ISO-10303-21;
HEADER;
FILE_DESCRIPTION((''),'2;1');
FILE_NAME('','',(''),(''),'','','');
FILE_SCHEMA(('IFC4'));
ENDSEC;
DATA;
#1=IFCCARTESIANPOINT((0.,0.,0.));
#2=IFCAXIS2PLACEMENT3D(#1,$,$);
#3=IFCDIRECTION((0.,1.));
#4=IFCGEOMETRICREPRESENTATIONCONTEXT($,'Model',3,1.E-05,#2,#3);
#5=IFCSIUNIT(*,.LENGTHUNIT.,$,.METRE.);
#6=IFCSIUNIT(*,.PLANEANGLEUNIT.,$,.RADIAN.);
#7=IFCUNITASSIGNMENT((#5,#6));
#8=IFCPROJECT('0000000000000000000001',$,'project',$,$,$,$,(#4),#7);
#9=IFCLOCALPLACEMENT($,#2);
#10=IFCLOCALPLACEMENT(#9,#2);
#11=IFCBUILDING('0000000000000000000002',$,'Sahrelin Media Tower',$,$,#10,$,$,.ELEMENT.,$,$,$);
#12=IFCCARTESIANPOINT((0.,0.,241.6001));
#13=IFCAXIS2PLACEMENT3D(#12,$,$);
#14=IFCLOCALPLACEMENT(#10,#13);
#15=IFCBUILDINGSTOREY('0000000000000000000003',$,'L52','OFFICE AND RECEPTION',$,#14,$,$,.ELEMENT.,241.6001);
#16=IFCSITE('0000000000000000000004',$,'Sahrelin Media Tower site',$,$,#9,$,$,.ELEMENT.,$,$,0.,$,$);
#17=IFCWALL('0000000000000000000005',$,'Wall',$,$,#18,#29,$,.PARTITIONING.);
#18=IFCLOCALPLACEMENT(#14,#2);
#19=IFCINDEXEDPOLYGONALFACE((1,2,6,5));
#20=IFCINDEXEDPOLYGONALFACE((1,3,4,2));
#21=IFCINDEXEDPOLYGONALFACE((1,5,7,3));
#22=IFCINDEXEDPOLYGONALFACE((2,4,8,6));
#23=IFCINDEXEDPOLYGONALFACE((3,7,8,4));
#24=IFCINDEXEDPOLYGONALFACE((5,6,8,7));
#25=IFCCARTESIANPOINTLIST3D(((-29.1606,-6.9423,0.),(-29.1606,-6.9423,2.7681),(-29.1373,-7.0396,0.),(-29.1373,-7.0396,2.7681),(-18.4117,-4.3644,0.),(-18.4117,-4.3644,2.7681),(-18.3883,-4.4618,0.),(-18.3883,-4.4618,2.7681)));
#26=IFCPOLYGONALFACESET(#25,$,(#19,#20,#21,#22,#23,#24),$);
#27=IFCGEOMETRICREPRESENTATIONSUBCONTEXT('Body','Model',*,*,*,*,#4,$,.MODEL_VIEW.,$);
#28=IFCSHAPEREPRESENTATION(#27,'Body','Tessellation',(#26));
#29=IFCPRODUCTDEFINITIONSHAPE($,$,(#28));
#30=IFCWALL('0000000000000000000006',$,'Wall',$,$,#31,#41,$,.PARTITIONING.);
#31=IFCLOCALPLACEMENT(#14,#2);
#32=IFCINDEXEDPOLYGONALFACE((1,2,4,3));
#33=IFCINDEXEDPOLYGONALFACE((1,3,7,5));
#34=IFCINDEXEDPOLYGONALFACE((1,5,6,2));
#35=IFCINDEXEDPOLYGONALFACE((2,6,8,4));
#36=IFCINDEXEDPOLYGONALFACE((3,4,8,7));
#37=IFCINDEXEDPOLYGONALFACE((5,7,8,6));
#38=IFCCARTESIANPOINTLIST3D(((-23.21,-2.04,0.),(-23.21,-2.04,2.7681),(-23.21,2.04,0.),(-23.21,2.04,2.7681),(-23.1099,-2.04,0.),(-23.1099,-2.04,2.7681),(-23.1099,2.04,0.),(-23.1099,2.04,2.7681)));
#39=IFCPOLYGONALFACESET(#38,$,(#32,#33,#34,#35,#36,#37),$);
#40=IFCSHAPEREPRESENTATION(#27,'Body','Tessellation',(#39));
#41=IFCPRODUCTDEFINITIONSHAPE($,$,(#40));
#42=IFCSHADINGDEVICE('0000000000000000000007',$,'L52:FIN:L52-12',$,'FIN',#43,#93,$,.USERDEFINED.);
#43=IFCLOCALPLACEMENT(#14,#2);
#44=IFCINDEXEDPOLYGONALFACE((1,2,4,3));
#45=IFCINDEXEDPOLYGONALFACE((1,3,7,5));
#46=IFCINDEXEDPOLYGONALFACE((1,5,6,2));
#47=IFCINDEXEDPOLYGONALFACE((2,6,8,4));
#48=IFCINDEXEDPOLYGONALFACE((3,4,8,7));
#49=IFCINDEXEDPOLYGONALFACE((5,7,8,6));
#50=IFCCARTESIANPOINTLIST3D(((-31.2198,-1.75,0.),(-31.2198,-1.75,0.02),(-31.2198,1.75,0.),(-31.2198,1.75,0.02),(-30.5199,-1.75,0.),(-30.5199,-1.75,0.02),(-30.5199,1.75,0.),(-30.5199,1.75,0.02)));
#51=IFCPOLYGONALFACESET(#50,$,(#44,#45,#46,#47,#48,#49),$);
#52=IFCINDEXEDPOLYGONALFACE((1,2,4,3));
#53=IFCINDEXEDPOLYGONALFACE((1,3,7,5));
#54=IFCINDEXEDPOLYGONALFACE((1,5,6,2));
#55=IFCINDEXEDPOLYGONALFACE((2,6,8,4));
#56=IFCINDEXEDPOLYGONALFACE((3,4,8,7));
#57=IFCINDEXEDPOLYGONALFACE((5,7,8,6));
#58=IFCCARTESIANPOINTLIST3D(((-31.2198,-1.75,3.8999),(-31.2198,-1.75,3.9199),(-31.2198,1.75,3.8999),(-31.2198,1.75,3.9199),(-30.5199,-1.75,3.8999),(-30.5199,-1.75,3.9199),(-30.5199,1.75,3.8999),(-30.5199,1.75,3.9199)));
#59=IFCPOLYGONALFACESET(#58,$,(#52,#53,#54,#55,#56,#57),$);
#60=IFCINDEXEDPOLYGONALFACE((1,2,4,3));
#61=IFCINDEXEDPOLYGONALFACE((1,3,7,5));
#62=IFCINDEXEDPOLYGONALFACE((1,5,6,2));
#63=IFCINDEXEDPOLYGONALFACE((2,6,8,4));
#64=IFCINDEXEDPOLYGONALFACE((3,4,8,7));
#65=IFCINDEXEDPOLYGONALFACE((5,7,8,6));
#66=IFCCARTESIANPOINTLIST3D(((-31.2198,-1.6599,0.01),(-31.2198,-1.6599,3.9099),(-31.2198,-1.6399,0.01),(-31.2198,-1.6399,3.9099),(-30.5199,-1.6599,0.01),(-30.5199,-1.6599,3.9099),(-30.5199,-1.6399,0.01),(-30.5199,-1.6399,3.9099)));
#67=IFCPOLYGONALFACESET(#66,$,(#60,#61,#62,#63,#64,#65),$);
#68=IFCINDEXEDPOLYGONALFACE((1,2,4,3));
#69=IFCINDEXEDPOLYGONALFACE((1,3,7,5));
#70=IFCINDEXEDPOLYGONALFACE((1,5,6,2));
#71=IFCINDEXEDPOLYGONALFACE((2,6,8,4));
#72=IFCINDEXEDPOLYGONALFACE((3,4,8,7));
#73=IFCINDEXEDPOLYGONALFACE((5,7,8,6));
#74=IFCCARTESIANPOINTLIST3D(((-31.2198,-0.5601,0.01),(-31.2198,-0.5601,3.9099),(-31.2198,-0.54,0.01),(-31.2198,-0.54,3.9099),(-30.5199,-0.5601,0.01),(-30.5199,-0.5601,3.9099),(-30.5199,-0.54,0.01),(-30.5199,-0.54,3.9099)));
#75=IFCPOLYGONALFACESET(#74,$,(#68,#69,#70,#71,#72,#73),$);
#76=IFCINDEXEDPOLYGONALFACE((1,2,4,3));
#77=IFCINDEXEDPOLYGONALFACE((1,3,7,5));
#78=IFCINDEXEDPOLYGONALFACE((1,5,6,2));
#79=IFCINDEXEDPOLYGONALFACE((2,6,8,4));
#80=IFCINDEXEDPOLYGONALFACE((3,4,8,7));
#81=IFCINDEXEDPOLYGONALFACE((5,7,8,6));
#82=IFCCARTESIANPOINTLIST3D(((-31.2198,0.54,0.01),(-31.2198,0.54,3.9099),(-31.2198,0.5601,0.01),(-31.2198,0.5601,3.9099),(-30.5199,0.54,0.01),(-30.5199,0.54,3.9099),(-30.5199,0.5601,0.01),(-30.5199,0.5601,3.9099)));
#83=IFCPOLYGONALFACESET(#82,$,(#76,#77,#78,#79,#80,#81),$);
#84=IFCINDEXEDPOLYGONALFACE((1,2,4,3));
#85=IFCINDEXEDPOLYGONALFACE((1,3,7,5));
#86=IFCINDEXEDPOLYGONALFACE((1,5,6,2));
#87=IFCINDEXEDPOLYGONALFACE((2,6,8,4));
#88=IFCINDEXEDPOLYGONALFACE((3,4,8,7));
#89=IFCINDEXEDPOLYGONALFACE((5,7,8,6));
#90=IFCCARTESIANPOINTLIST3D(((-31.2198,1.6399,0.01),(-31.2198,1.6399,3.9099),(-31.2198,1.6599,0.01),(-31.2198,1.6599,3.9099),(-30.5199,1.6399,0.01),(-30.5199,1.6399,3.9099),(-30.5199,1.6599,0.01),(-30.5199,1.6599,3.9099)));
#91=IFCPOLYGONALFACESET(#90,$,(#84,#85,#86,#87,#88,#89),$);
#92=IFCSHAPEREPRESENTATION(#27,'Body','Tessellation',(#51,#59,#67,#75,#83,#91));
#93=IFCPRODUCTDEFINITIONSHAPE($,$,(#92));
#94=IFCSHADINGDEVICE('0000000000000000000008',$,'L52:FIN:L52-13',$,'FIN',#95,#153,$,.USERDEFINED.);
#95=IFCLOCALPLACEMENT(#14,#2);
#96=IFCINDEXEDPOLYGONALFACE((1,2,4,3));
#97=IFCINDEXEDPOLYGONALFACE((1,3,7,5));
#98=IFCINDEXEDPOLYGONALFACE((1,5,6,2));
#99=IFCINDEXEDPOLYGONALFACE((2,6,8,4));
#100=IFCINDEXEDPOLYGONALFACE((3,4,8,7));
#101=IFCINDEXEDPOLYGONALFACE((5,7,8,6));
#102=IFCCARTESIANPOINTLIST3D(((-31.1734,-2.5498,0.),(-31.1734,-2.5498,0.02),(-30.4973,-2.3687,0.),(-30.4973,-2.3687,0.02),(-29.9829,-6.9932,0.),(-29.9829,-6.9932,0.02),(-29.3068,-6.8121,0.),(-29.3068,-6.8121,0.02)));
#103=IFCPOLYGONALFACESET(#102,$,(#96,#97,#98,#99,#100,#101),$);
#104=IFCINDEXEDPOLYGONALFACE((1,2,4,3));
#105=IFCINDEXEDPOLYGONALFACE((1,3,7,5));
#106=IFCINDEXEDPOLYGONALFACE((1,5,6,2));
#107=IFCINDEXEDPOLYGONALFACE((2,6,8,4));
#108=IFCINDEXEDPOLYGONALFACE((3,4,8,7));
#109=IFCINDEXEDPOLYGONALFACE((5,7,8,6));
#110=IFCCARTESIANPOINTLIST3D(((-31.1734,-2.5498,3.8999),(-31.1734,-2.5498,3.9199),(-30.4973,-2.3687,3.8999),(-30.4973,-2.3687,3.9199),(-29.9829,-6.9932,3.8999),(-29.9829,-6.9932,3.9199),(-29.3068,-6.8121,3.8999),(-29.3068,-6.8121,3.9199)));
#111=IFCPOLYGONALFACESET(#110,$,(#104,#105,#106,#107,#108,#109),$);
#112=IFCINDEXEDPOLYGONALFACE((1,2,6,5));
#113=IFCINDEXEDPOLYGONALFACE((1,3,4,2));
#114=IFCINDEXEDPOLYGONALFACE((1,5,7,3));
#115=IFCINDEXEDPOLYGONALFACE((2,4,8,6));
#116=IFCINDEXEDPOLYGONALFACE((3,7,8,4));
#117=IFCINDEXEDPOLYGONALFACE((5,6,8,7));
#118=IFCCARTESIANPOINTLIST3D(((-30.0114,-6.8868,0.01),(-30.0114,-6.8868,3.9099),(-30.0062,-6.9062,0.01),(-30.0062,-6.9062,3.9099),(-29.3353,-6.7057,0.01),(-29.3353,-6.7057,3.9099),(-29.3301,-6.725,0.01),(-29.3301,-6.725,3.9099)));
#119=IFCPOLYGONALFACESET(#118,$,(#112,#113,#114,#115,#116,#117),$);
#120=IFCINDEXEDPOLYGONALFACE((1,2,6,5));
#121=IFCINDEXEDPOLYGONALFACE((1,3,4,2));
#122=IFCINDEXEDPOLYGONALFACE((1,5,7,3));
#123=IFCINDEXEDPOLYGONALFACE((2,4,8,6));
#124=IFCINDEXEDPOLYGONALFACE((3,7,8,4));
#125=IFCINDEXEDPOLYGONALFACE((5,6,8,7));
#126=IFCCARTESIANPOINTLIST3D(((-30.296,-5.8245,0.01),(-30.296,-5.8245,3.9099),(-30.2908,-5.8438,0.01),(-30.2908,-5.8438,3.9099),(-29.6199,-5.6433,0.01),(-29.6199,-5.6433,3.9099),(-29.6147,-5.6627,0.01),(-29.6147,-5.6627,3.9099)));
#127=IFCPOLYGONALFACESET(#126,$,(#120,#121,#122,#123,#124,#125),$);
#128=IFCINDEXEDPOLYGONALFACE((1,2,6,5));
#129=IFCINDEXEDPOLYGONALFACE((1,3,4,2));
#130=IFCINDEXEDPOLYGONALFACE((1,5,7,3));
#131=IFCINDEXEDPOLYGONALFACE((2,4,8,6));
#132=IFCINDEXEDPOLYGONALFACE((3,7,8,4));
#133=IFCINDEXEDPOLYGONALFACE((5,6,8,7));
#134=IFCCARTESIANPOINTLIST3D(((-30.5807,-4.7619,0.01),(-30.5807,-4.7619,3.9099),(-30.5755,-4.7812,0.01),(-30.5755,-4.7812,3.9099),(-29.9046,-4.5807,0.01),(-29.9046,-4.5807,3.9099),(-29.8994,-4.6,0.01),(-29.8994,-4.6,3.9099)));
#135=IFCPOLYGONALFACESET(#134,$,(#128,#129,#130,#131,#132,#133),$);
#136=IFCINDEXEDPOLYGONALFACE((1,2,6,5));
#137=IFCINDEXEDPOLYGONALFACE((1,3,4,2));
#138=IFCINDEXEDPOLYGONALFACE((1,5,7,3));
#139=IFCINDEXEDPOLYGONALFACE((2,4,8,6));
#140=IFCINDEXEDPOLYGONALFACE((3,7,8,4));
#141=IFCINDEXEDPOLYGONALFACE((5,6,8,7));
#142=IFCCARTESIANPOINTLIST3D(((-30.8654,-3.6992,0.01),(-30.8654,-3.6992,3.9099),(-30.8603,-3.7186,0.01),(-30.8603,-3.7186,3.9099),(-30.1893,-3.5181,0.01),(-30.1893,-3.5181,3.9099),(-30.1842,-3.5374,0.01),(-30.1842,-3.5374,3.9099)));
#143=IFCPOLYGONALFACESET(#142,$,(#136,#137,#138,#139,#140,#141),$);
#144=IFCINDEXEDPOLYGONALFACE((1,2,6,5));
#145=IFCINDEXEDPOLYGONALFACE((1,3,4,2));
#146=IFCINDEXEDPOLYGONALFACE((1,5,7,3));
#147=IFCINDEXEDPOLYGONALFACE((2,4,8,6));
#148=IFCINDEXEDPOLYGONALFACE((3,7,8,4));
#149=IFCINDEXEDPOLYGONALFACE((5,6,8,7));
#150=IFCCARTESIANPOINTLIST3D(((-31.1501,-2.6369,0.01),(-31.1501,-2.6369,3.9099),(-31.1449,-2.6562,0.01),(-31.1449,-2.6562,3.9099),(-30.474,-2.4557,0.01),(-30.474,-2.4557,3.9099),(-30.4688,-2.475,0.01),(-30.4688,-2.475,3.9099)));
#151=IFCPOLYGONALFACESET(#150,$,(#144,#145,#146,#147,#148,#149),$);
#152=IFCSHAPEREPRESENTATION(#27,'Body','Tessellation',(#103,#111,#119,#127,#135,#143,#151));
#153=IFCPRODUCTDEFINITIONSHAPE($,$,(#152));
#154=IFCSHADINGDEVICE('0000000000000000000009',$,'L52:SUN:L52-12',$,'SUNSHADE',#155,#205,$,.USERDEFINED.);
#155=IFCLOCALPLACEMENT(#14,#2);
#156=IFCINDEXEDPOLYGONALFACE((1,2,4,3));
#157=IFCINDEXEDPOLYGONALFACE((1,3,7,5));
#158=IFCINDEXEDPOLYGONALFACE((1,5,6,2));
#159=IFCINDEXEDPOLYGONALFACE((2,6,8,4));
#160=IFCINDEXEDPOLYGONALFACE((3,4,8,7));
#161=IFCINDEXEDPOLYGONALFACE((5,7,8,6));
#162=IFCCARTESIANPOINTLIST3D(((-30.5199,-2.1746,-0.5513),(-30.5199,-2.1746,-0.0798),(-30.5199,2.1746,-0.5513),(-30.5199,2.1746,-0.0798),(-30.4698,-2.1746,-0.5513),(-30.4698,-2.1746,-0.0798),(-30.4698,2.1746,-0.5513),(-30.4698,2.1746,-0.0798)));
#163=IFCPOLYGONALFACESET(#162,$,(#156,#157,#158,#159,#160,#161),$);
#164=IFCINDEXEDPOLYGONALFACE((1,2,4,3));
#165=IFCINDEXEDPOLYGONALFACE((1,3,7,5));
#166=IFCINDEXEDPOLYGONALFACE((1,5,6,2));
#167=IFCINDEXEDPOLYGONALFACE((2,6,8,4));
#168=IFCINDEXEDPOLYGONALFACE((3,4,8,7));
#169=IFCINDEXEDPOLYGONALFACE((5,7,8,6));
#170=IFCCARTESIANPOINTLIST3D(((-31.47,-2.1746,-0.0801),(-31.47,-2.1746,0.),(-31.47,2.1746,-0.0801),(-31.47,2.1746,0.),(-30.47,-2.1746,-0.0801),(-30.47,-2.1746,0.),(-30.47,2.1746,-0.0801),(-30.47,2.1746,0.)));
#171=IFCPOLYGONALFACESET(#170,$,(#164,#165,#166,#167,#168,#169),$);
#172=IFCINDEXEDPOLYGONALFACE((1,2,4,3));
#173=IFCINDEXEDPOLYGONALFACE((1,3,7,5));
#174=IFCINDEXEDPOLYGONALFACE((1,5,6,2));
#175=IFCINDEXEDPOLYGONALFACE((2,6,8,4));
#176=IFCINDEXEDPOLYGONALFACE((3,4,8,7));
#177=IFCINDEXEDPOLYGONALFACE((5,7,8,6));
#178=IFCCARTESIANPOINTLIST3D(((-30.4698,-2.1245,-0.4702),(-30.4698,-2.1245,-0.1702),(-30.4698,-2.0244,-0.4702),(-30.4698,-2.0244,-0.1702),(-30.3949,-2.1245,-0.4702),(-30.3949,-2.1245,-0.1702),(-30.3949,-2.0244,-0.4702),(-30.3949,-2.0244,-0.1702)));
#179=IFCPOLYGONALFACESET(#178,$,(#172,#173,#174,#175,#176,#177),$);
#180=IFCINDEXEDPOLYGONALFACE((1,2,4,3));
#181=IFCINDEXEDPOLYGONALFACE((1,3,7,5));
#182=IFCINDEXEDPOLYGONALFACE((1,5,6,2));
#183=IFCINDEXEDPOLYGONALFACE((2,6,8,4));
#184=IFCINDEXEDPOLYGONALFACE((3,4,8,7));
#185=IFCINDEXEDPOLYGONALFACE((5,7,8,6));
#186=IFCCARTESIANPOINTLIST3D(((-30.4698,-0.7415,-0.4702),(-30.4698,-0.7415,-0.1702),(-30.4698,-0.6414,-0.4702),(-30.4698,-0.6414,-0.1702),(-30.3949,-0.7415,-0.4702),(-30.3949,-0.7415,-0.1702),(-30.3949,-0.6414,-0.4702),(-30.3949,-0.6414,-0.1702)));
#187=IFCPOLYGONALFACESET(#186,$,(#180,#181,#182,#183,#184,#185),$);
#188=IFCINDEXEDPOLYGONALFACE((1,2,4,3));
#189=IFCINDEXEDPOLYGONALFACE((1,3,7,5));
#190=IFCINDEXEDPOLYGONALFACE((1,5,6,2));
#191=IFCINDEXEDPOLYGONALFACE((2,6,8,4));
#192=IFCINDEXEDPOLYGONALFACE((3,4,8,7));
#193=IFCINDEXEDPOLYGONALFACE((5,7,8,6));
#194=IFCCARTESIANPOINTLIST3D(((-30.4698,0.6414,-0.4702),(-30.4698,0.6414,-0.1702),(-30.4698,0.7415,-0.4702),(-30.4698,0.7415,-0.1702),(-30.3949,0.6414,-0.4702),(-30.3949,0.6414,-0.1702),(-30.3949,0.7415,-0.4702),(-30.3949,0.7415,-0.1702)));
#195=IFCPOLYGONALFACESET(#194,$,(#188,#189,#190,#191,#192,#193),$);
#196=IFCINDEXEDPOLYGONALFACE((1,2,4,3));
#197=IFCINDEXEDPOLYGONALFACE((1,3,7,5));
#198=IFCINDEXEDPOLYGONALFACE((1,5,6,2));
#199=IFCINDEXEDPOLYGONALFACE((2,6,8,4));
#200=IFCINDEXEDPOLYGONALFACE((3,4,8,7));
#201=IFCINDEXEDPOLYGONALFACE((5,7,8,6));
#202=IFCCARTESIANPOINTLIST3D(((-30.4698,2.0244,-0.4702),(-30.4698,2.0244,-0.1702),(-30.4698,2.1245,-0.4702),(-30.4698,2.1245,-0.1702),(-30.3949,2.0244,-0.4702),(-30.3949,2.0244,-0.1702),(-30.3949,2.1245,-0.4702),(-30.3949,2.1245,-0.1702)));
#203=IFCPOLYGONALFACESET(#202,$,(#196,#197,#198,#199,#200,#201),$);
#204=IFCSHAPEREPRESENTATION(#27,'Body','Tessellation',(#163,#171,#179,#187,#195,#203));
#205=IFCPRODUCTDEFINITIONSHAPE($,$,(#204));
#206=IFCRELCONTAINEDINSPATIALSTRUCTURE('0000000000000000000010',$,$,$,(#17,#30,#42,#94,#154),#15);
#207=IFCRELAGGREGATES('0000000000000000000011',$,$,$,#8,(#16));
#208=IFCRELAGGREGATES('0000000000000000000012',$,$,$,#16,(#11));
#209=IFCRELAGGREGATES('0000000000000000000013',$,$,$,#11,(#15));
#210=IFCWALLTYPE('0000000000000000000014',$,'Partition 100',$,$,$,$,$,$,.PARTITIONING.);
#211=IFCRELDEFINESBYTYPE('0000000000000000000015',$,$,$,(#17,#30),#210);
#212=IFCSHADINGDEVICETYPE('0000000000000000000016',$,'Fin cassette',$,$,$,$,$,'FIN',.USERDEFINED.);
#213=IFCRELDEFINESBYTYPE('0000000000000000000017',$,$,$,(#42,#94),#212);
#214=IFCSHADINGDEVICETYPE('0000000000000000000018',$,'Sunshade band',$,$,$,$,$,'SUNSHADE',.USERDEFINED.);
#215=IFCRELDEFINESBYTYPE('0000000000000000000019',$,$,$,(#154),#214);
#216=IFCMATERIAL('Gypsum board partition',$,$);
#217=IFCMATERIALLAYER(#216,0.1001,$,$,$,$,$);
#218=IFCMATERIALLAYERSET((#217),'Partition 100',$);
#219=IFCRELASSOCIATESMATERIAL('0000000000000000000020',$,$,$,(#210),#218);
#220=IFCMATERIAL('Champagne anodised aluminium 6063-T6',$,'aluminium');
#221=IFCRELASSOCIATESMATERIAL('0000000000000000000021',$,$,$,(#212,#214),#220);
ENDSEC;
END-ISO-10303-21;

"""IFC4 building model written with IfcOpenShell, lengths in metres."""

from ifc_helpers import new_model, si_unit, direction, frame, frame_2d, origin, origin_2d, place, context, subcontext, project, spatial, rectangle, extrude, material, layer, layer_set, type_object, element, save


model = new_model("IFC4")

# Units and contexts
model_context = context("Model", 3, precision=1e-05, world=origin(), true_north=direction((0.0, 1.0)))
body_context = subcontext(model_context, "Body", "Model", "MODEL_VIEW")
ifc_project = project(units=[si_unit("LENGTHUNIT", "METRE"), si_unit("PLANEANGLEUNIT", "RADIAN")], contexts=[model_context])

# Site, building, storey
site_placement = place(None, origin())
site = spatial("IfcSite", under=ifc_project, at=site_placement, Name="Sahrelin Media Tower site", CompositionType="ELEMENT", RefElevation=0.0)
building_placement = place(site_placement, origin())
building = spatial("IfcBuilding", under=site, at=building_placement, Name="Sahrelin Media Tower", CompositionType="ELEMENT")
storey_placement = place(building_placement, frame((0.0, 0.0, 241.6001)))
storey = spatial("IfcBuildingStorey", under=building, at=storey_placement, Name="L52", Description="OFFICE AND RECEPTION", CompositionType="ELEMENT", Elevation=241.6001)

# Shared definitions
ifc_material_1 = material(Name="Champagne anodised aluminium 6063-T6", Category="aluminium")

# Shared definitions
ifc_material_2 = material(Name="Gypsum board partition")
ifc_layer_1 = layer(ifc_material_2, 0.1001)
ifc_layer_set_1 = layer_set([ifc_layer_1], Name="Partition 100")
wall_type_1 = type_object("IfcWallType", Name="Partition 100", PredefinedType="PARTITIONING", material=ifc_layer_set_1)

# Walls
wall_1_placement = place(storey_placement, frame((-29.1489, -6.991, 0.0), z_axis=(0.0, 0.0, 1.0), x_axis=(0.972426, 0.233212, 0.0)))
element("IfcWall", 1, at=wall_1_placement, inside=storey, type_object=wall_type_1, Name="Wall", PredefinedType="PARTITIONING", context=body_context, shape_type="SweptSolid", body=[
    extrude(rectangle(XDim=11.0537, YDim=0.1001, at=frame_2d((5.5269, 0.0))), origin(), (0.0, 0.0, 1.0), 2.7681),
])
wall_2_placement = place(storey_placement, frame((-23.1599, -2.04, 0.0), z_axis=(0.0, 0.0, 1.0), x_axis=(0.0, 1.0, 0.0)))
element("IfcWall", 2, at=wall_2_placement, inside=storey, type_object=wall_type_1, Name="Wall", PredefinedType="PARTITIONING", context=body_context, shape_type="SweptSolid", body=[
    extrude(rectangle(XDim=4.0801, YDim=0.1001, at=frame_2d((2.04, 0.0))), origin(), (0.0, 0.0, 1.0), 2.7681),
])

# Shading devices
shading_device_type_1 = type_object("IfcShadingDeviceType", Name="Fin cassette", ElementType="FIN", PredefinedType="USERDEFINED", material=ifc_material_1)
placement_1 = place(storey_placement, frame((-30.45, 0.0, 0.0), z_axis=(0.0, 0.0, 1.0), x_axis=(0.0, 1.0, 0.0)))
element("IfcShadingDevice", 3, at=placement_1, inside=storey, type_object=shading_device_type_1, Name="L52:FIN:L52-12", ObjectType="FIN", PredefinedType="USERDEFINED", context=body_context, shape_type="SweptSolid", body=[
    extrude(rectangle(XDim=3.5, YDim=0.7, at=origin_2d()), frame((0.0, 0.4199, 0.0)), (0.0, 0.0, 1.0), 0.02),
    extrude(rectangle(XDim=3.5, YDim=0.7, at=origin_2d()), frame((0.0, 0.4199, 3.8999)), (0.0, 0.0, 1.0), 0.02),
    extrude(rectangle(XDim=0.02, YDim=0.7, at=origin_2d()), frame((-1.6499, 0.4199, 0.01), z_axis=(0.0, 0.0, 1.0), x_axis=(1.0, 0.0, 0.0)), (0.0, 0.0, 1.0), 3.8999),
    extrude(rectangle(XDim=0.02, YDim=0.7, at=origin_2d()), frame((-0.55, 0.4199, 0.01), z_axis=(0.0, 0.0, 1.0), x_axis=(1.0, 0.0, 0.0)), (0.0, 0.0, 1.0), 3.8999),
    extrude(rectangle(XDim=0.02, YDim=0.7, at=origin_2d()), frame((0.55, 0.4199, 0.01), z_axis=(0.0, 0.0, 1.0), x_axis=(1.0, 0.0, 0.0)), (0.0, 0.0, 1.0), 3.8999),
    extrude(rectangle(XDim=0.02, YDim=0.7, at=origin_2d()), frame((1.6499, 0.4199, 0.01), z_axis=(0.0, 0.0, 1.0), x_axis=(1.0, 0.0, 0.0)), (0.0, 0.0, 1.0), 3.8999),
])
placement_2 = place(storey_placement, frame((-29.8345, -4.5723, 0.0), z_axis=(0.0, 0.0, 1.0), x_axis=(-0.258808, 0.965929, 0.0)))
element("IfcShadingDevice", 4, at=placement_2, inside=storey, type_object=shading_device_type_1, Name="L52:FIN:L52-13", ObjectType="FIN", PredefinedType="USERDEFINED", context=body_context, shape_type="SweptSolid", body=[
    extrude(rectangle(XDim=4.6001, YDim=0.7, at=origin_2d()), frame((0.0, 0.4199, 0.0)), (0.0, 0.0, 1.0), 0.02),
    extrude(rectangle(XDim=4.6001, YDim=0.7, at=origin_2d()), frame((0.0, 0.4199, 3.8999)), (0.0, 0.0, 1.0), 0.02),
    extrude(rectangle(XDim=0.02, YDim=0.7, at=origin_2d()), frame((-2.2, 0.4199, 0.01), z_axis=(0.0, 0.0, 1.0), x_axis=(1.0, 0.0, 0.0)), (0.0, 0.0, 1.0), 3.8999),
    extrude(rectangle(XDim=0.02, YDim=0.7, at=origin_2d()), frame((-1.1001, 0.4199, 0.01), z_axis=(0.0, 0.0, 1.0), x_axis=(1.0, 0.0, 0.0)), (0.0, 0.0, 1.0), 3.8999),
    extrude(rectangle(XDim=0.02, YDim=0.7, at=origin_2d()), frame((0.0, 0.4199, 0.01), z_axis=(0.0, 0.0, 1.0), x_axis=(1.0, 0.0, 0.0)), (0.0, 0.0, 1.0), 3.8999),
    extrude(rectangle(XDim=0.02, YDim=0.7, at=origin_2d()), frame((1.1001, 0.4199, 0.01), z_axis=(0.0, 0.0, 1.0), x_axis=(1.0, 0.0, 0.0)), (0.0, 0.0, 1.0), 3.8999),
    extrude(rectangle(XDim=0.02, YDim=0.7, at=origin_2d()), frame((2.2, 0.4199, 0.01), z_axis=(0.0, 0.0, 1.0), x_axis=(1.0, 0.0, 0.0)), (0.0, 0.0, 1.0), 3.8999),
])
shading_device_type_2 = type_object("IfcShadingDeviceType", Name="Sunshade band", ElementType="SUNSHADE", PredefinedType="USERDEFINED", material=ifc_material_1)
element("IfcShadingDevice", 5, at=placement_1, inside=storey, type_object=shading_device_type_2, Name="L52:SUN:L52-12", ObjectType="SUNSHADE", PredefinedType="USERDEFINED", context=body_context, shape_type="SweptSolid", body=[
    extrude(rectangle(XDim=4.3491, YDim=0.05, at=origin_2d()), frame((0.0, 0.0449, -0.5513)), (0.0, 0.0, 1.0), 0.4714),
    extrude(rectangle(XDim=4.3491, YDim=1.0, at=origin_2d()), frame((0.0, 0.52, -0.0801)), (0.0, 0.0, 1.0), 0.0801),
    extrude(rectangle(XDim=0.1001, YDim=0.075, at=origin_2d()), frame((-2.0745, -0.0176, -0.4702)), (0.0, 0.0, 1.0), 0.3),
    extrude(rectangle(XDim=0.1001, YDim=0.075, at=origin_2d()), frame((-0.6914, -0.0176, -0.4702)), (0.0, 0.0, 1.0), 0.3),
    extrude(rectangle(XDim=0.1001, YDim=0.075, at=origin_2d()), frame((0.6914, -0.0176, -0.4702)), (0.0, 0.0, 1.0), 0.3),
    extrude(rectangle(XDim=0.1001, YDim=0.075, at=origin_2d()), frame((2.0745, -0.0176, -0.4702)), (0.0, 0.0, 1.0), 0.3),
])

save(model, "model.ifc")
